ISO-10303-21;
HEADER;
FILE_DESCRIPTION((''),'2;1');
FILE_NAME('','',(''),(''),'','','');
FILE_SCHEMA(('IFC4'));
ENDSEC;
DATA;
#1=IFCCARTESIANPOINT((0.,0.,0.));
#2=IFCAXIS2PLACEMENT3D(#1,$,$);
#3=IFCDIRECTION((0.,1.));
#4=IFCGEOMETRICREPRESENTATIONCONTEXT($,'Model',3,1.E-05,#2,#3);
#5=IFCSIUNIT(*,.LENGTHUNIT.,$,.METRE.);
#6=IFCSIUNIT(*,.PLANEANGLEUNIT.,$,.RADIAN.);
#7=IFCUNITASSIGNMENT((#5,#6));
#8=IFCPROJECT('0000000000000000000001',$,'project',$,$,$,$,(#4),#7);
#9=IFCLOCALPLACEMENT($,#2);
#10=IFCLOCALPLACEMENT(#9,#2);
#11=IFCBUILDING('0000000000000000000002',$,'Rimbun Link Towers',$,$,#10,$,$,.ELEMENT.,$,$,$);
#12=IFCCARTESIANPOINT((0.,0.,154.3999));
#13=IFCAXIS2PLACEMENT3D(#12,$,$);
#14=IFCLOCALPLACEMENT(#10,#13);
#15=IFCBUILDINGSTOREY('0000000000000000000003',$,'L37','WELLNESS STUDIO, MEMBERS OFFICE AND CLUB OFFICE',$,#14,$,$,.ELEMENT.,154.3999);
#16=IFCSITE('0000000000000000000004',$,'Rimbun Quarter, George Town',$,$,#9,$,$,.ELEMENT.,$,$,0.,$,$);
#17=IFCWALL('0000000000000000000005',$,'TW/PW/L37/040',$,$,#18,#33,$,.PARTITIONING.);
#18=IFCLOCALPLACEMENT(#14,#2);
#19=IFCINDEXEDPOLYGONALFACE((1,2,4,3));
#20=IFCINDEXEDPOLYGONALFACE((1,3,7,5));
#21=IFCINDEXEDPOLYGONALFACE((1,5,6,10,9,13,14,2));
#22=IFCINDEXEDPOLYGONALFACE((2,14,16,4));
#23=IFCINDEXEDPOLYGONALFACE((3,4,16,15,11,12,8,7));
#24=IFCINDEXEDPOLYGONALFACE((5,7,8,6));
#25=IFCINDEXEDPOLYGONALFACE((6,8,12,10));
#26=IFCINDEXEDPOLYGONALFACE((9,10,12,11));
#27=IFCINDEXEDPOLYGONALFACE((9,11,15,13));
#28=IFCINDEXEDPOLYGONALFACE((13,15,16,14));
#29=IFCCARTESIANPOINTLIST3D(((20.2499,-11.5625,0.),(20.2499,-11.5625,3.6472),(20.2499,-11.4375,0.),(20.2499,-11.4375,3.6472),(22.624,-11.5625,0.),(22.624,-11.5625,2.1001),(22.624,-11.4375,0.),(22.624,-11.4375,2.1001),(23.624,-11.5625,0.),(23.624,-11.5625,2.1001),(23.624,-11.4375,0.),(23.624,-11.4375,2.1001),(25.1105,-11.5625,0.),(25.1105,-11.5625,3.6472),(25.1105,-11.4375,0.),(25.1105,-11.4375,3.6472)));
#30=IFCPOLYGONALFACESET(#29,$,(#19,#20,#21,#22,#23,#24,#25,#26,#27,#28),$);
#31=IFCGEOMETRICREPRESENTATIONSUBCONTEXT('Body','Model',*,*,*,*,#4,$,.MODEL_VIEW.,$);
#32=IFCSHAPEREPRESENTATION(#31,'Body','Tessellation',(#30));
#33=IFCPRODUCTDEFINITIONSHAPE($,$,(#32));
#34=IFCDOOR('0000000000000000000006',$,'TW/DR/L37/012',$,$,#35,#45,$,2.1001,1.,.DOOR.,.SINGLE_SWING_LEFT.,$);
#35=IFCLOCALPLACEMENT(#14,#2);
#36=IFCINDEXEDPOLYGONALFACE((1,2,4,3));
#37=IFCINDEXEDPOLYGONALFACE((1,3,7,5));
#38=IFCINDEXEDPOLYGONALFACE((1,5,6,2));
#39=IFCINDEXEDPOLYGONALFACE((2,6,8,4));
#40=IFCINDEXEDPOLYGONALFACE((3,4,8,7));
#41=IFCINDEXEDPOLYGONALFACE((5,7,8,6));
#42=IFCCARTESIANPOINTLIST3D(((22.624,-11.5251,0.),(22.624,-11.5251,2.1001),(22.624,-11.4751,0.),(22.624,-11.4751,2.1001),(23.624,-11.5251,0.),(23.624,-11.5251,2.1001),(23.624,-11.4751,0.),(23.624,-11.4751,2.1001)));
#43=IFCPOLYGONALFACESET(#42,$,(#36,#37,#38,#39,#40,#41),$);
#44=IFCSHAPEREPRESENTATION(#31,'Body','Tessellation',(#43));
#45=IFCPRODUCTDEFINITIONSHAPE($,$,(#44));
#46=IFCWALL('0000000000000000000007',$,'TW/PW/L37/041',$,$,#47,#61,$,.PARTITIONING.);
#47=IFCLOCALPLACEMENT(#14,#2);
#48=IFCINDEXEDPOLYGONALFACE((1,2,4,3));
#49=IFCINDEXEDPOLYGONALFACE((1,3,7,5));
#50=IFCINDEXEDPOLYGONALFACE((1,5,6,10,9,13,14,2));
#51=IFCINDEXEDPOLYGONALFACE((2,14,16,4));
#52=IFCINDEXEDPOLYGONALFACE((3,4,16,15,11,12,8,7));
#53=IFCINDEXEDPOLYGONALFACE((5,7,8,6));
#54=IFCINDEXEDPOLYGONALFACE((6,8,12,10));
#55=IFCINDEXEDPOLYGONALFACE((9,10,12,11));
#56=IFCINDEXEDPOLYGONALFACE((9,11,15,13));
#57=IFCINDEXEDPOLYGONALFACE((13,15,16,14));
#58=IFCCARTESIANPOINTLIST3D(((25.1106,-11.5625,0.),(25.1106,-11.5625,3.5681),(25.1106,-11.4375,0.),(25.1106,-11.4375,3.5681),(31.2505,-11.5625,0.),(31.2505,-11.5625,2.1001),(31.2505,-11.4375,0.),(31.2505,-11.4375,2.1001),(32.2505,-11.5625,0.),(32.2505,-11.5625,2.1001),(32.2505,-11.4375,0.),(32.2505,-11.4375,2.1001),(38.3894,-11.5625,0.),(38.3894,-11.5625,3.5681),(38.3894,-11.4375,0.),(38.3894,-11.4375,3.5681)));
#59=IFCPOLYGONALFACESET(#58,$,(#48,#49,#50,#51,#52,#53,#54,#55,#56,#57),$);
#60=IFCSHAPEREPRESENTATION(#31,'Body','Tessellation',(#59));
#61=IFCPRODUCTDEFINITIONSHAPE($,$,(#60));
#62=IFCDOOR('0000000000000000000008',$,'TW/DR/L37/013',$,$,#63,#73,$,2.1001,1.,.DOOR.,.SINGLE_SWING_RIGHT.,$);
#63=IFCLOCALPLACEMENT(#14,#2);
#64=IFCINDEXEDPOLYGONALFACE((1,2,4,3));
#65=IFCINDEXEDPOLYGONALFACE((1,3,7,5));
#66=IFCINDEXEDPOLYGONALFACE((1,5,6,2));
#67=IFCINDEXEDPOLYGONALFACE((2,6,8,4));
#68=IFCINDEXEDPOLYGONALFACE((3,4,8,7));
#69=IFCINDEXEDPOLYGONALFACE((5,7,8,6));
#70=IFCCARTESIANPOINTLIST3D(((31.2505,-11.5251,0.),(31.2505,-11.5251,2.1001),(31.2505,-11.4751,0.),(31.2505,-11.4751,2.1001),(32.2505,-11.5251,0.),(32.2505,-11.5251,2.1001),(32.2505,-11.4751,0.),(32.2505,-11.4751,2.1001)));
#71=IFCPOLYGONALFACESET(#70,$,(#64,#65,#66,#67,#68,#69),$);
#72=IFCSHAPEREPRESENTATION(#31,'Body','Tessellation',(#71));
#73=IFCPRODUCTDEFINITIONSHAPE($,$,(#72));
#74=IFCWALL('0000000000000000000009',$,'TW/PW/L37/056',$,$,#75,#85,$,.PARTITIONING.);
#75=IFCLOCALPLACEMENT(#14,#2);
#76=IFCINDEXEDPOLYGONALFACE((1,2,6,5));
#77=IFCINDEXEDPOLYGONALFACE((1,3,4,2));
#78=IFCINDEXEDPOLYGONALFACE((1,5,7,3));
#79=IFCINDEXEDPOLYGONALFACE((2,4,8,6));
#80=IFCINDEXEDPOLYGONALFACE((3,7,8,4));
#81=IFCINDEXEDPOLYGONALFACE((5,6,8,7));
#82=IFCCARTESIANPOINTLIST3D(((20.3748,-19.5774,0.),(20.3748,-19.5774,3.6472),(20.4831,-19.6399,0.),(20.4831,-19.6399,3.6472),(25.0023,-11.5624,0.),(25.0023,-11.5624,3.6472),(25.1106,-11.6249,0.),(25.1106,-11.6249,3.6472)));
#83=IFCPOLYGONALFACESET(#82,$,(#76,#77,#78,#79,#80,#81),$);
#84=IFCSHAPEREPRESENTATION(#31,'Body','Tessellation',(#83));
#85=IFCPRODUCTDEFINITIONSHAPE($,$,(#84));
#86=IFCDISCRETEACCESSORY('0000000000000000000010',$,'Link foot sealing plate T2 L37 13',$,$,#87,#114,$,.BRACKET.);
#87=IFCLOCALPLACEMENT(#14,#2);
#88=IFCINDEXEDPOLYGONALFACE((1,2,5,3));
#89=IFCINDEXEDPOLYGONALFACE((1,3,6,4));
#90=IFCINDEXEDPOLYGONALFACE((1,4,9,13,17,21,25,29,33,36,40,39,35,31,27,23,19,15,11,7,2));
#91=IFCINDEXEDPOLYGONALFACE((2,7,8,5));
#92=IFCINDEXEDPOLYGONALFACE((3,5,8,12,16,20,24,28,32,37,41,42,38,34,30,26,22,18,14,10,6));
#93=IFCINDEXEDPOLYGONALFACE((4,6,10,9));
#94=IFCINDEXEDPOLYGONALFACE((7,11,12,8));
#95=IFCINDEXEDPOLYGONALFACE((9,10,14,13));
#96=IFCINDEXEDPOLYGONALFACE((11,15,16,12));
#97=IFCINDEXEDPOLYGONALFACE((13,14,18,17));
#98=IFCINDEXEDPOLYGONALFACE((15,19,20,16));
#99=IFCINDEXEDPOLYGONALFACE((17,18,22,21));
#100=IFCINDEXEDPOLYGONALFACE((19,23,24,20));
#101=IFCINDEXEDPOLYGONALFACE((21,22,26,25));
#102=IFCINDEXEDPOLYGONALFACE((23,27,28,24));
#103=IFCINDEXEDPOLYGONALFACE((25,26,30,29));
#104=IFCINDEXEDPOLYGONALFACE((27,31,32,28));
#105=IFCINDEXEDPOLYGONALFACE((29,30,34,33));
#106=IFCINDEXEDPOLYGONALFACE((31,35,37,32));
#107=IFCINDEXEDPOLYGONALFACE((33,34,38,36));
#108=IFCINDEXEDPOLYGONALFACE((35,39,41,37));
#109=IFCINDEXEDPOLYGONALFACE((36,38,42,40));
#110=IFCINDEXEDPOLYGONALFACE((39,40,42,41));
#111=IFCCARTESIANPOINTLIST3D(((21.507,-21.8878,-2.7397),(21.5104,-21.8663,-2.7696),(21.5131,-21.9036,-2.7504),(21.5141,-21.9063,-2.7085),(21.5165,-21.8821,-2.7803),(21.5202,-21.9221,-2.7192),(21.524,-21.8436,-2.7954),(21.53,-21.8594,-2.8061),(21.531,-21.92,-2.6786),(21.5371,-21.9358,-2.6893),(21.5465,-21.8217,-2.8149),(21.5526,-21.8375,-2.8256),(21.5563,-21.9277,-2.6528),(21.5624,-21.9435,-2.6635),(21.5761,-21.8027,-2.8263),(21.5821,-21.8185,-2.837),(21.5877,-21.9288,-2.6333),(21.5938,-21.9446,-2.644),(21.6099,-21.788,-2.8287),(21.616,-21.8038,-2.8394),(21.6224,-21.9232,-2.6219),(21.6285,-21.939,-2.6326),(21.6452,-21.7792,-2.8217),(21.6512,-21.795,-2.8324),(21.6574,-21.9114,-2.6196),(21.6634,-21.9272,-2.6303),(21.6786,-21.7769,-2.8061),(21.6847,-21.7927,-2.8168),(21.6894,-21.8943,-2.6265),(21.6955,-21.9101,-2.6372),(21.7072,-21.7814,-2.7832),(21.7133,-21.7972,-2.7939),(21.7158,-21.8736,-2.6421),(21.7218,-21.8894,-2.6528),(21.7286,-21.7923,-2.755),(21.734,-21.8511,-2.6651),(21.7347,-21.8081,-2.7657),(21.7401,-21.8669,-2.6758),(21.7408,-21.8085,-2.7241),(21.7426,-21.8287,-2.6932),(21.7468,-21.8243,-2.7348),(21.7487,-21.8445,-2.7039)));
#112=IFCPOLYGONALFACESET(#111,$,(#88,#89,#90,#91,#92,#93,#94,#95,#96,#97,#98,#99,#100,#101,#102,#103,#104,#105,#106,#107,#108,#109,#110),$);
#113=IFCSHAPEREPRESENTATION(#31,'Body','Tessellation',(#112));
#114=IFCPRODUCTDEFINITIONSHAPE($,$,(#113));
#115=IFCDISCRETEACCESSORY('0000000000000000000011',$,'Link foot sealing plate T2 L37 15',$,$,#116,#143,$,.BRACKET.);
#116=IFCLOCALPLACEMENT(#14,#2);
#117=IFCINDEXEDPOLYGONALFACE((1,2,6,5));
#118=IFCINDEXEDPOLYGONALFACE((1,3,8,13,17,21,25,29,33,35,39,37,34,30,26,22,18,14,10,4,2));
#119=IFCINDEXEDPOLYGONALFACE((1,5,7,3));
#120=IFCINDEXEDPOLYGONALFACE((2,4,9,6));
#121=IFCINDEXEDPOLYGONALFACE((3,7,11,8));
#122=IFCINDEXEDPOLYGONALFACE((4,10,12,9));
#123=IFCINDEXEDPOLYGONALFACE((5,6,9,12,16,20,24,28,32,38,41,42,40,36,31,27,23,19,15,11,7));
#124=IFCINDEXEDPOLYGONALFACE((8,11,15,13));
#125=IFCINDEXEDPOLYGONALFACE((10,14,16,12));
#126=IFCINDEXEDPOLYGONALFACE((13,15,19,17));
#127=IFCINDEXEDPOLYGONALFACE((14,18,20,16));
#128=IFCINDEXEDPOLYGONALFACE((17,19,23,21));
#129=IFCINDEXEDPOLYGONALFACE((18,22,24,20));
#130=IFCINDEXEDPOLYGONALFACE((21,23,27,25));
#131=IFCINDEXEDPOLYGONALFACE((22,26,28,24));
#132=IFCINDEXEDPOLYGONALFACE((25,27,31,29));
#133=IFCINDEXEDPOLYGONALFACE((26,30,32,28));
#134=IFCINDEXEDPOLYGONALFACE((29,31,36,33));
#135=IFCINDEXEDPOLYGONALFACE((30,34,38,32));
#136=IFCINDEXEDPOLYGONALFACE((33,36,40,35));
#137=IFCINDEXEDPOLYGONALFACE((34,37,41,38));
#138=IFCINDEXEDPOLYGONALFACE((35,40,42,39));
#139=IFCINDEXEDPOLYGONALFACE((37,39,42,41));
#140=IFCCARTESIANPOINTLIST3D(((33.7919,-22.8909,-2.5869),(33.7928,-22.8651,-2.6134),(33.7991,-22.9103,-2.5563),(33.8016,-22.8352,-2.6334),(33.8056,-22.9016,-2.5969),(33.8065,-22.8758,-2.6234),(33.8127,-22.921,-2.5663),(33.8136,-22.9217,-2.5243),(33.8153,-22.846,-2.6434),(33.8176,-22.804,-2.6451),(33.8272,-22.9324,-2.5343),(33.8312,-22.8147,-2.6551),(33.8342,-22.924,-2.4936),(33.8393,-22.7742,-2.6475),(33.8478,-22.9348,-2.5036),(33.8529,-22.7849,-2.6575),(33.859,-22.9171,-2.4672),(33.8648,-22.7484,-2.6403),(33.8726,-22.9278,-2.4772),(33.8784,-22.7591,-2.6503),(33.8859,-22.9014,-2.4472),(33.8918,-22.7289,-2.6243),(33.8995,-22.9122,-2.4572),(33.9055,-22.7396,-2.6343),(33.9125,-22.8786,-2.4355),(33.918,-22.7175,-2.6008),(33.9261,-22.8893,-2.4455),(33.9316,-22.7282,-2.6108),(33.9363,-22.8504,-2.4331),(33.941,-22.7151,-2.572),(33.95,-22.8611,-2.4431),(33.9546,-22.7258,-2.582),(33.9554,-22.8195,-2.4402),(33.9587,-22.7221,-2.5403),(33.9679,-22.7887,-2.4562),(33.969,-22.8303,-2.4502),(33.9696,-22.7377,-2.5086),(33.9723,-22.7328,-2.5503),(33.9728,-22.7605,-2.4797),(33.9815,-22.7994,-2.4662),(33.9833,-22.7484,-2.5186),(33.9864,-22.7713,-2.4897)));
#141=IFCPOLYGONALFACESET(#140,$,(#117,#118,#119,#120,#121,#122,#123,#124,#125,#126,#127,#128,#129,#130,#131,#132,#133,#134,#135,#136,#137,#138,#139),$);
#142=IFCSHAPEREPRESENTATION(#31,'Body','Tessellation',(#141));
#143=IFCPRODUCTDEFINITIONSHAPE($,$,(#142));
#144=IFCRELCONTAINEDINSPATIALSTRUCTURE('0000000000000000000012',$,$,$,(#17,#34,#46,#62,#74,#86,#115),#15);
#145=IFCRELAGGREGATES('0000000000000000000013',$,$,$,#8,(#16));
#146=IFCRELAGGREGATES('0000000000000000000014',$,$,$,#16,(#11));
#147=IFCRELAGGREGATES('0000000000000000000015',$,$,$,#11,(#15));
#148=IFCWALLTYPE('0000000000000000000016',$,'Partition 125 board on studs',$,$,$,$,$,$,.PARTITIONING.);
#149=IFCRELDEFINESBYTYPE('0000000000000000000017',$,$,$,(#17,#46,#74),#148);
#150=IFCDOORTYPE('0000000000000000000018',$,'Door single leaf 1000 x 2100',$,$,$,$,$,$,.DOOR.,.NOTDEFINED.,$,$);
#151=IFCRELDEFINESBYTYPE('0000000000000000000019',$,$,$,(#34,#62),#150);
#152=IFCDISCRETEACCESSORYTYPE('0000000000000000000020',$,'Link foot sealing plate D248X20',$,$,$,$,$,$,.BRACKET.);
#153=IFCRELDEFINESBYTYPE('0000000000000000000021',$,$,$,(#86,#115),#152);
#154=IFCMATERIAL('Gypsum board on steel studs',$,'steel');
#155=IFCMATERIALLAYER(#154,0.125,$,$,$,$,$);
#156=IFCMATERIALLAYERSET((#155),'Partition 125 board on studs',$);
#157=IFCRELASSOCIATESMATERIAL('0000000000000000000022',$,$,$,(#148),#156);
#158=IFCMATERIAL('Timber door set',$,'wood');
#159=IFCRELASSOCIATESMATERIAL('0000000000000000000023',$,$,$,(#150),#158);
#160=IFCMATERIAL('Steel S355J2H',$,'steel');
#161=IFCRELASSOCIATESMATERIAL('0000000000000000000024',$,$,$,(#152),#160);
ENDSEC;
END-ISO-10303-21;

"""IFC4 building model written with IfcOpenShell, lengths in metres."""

from ifc_helpers import new_model, si_unit, direction, frame, frame_2d, origin, origin_2d, place, context, subcontext, project, spatial, rectangle, circle, extrude, material, layer, layer_set, material_profile, profile_set, type_object, element, fill, save


model = new_model("IFC4")

# Units and contexts
model_context = context("Model", 3, precision=1e-05, world=origin(), true_north=direction((0.0, 1.0)))
body_context = subcontext(model_context, "Body", "Model", "MODEL_VIEW")
ifc_project = project(units=[si_unit("LENGTHUNIT", "METRE"), si_unit("PLANEANGLEUNIT", "RADIAN")], contexts=[model_context])

# Site, building, storey
site_placement = place(None, origin())
site = spatial("IfcSite", under=ifc_project, at=site_placement, Name="Rimbun Quarter, George Town", CompositionType="ELEMENT", RefElevation=0.0)
building_placement = place(site_placement, origin())
building = spatial("IfcBuilding", under=site, at=building_placement, Name="Rimbun Link Towers", CompositionType="ELEMENT")
storey_placement = place(building_placement, frame((0.0, 0.0, 154.3999)))
storey = spatial("IfcBuildingStorey", under=building, at=storey_placement, Name="L37", Description="WELLNESS STUDIO, MEMBERS OFFICE AND CLUB OFFICE", CompositionType="ELEMENT", Elevation=154.3999)

# Walls, openings, doors
ifc_material_1 = material(Name="Gypsum board on steel studs", Category="steel")
ifc_layer_1 = layer(ifc_material_1, 0.125)
ifc_layer_set_1 = layer_set([ifc_layer_1], Name="Partition 125 board on studs")
wall_type = type_object("IfcWallType", Name="Partition 125 board on studs", PredefinedType="PARTITIONING", material=ifc_layer_set_1)
wall_1_placement = place(storey_placement, frame((20.25, -11.5, 0.0), z_axis=(0.0, 0.0, 1.0), x_axis=(1.0, 0.0, 0.0)))
wall_1 = element("IfcWall", 1, at=wall_1_placement, inside=storey, type_object=wall_type, Name="TW/PW/L37/040", PredefinedType="PARTITIONING", context=body_context, shape_type="SweptSolid", body=[
    extrude(rectangle(XDim=4.8606, YDim=0.125, at=frame_2d((2.4302, 0.0))), origin(), (0.0, 0.0, 1.0), 3.6472),
])
opening_1_placement = place(wall_1_placement, frame((2.374, 0.0, 0.0)))
opening_1 = element("IfcOpeningElement", 2, at=opening_1_placement, cuts=wall_1, PredefinedType="OPENING", context=body_context, shape_type="SweptSolid", body=[
    extrude(rectangle(XDim=1.0, YDim=2.1001, at=frame_2d((0.5, 1.05))), frame((0.0, 0.0725, 0.0), z_axis=(0.0, -1.0, 0.0), x_axis=(1.0, 0.0, 0.0)), (0.0, 0.0, 1.0), 0.145),
])
ifc_material_2 = material(Name="Timber door set", Category="wood")
door_type = type_object("IfcDoorType", Name="Door single leaf 1000 x 2100", OperationType="NOTDEFINED", PredefinedType="DOOR", material=ifc_material_2)
door_1_placement = place(opening_1_placement, origin())
door_1 = element("IfcDoor", 3, at=door_1_placement, inside=storey, type_object=door_type, Name="TW/DR/L37/012", OperationType="SINGLE_SWING_LEFT", OverallHeight=2.1001, OverallWidth=1.0, PredefinedType="DOOR", context=body_context, shape_type="SweptSolid", body=[
    extrude(rectangle(XDim=1.0, YDim=2.1001, at=frame_2d((0.5, 1.05))), frame((0.0, 0.0249, 0.0), z_axis=(0.0, -1.0, 0.0), x_axis=(1.0, 0.0, 0.0)), (0.0, 0.0, 1.0), 0.05),
])
fill(opening_1, door_1)
wall_2_placement = place(storey_placement, frame((25.1106, -11.5, 0.0), z_axis=(0.0, 0.0, 1.0), x_axis=(1.0, 0.0, 0.0)))
wall_2 = element("IfcWall", 4, at=wall_2_placement, inside=storey, type_object=wall_type, Name="TW/PW/L37/041", PredefinedType="PARTITIONING", context=body_context, shape_type="SweptSolid", body=[
    extrude(rectangle(XDim=13.2788, YDim=0.125, at=frame_2d((6.6394, 0.0))), origin(), (0.0, 0.0, 1.0), 3.5681),
])
opening_2_placement = place(wall_2_placement, frame((6.1399, 0.0, 0.0)))
opening_2 = element("IfcOpeningElement", 5, at=opening_2_placement, cuts=wall_2, PredefinedType="OPENING", context=body_context, shape_type="SweptSolid", body=[
    extrude(rectangle(XDim=1.0, YDim=2.1001, at=frame_2d((0.5, 1.05))), frame((0.0, 0.0725, 0.0), z_axis=(0.0, -1.0, 0.0), x_axis=(1.0, 0.0, 0.0)), (0.0, 0.0, 1.0), 0.145),
])
door_2_placement = place(opening_2_placement, origin())
door_2 = element("IfcDoor", 6, at=door_2_placement, inside=storey, type_object=door_type, Name="TW/DR/L37/013", OperationType="SINGLE_SWING_RIGHT", OverallHeight=2.1001, OverallWidth=1.0, PredefinedType="DOOR", context=body_context, shape_type="SweptSolid", body=[
    extrude(rectangle(XDim=1.0, YDim=2.1001, at=frame_2d((0.5, 1.05))), frame((0.0, 0.0249, 0.0), z_axis=(0.0, -1.0, 0.0), x_axis=(1.0, 0.0, 0.0)), (0.0, 0.0, 1.0), 0.05),
])
fill(opening_2, door_2)

# Wall
wall_3_placement = place(storey_placement, frame((20.429, -19.6086, 0.0), z_axis=(0.0, 0.0, 1.0), x_axis=(0.500003, 0.866023, 0.0)))
element("IfcWall", 7, at=wall_3_placement, inside=storey, type_object=wall_type, Name="TW/PW/L37/056", PredefinedType="PARTITIONING", context=body_context, shape_type="SweptSolid", body=[
    extrude(rectangle(XDim=9.2549, YDim=0.125, at=frame_2d((4.6274, 0.0))), origin(), (0.0, 0.0, 1.0), 3.6472),
])

# Discrete accessories
ifc_material_3 = material(Name="Steel S355J2H", Category="steel")
ifc_material_profile_1 = material_profile(ifc_material_3, circle(Radius=0.124, at=origin_2d()), Name="PL D248")
ifc_profile_set_1 = profile_set([ifc_material_profile_1], Name="Steel S355J2H")
discrete_accessory_type = type_object("IfcDiscreteAccessoryType", Name="Link foot sealing plate D248X20", PredefinedType="BRACKET", material=ifc_profile_set_1)
for number, where, z_axis, x_axis, name in (
    (8, (21.625, -21.853, -2.7241), (0.303482, -0.789053, -0.534128), (0.933346, 0.358979, 0.0), "Link foot sealing plate T2 L37 13"),
    (9, (33.8821, -22.8196, -2.5403), (0.681459, -0.535432, -0.498925), (0.617822, 0.786318, 0.0), "Link foot sealing plate T2 L37 15"),
):
    element("IfcDiscreteAccessory", number, at=place(storey_placement, frame(where, z_axis=z_axis, x_axis=x_axis)), inside=storey, type_object=discrete_accessory_type, Name=name, PredefinedType="BRACKET", context=body_context, shape_type="SweptSolid", body=[
        extrude(circle(Radius=0.124, at=origin_2d()), origin(), (0.0, 0.0, 1.0), 0.02),
    ])

save(model, "model.ifc")
